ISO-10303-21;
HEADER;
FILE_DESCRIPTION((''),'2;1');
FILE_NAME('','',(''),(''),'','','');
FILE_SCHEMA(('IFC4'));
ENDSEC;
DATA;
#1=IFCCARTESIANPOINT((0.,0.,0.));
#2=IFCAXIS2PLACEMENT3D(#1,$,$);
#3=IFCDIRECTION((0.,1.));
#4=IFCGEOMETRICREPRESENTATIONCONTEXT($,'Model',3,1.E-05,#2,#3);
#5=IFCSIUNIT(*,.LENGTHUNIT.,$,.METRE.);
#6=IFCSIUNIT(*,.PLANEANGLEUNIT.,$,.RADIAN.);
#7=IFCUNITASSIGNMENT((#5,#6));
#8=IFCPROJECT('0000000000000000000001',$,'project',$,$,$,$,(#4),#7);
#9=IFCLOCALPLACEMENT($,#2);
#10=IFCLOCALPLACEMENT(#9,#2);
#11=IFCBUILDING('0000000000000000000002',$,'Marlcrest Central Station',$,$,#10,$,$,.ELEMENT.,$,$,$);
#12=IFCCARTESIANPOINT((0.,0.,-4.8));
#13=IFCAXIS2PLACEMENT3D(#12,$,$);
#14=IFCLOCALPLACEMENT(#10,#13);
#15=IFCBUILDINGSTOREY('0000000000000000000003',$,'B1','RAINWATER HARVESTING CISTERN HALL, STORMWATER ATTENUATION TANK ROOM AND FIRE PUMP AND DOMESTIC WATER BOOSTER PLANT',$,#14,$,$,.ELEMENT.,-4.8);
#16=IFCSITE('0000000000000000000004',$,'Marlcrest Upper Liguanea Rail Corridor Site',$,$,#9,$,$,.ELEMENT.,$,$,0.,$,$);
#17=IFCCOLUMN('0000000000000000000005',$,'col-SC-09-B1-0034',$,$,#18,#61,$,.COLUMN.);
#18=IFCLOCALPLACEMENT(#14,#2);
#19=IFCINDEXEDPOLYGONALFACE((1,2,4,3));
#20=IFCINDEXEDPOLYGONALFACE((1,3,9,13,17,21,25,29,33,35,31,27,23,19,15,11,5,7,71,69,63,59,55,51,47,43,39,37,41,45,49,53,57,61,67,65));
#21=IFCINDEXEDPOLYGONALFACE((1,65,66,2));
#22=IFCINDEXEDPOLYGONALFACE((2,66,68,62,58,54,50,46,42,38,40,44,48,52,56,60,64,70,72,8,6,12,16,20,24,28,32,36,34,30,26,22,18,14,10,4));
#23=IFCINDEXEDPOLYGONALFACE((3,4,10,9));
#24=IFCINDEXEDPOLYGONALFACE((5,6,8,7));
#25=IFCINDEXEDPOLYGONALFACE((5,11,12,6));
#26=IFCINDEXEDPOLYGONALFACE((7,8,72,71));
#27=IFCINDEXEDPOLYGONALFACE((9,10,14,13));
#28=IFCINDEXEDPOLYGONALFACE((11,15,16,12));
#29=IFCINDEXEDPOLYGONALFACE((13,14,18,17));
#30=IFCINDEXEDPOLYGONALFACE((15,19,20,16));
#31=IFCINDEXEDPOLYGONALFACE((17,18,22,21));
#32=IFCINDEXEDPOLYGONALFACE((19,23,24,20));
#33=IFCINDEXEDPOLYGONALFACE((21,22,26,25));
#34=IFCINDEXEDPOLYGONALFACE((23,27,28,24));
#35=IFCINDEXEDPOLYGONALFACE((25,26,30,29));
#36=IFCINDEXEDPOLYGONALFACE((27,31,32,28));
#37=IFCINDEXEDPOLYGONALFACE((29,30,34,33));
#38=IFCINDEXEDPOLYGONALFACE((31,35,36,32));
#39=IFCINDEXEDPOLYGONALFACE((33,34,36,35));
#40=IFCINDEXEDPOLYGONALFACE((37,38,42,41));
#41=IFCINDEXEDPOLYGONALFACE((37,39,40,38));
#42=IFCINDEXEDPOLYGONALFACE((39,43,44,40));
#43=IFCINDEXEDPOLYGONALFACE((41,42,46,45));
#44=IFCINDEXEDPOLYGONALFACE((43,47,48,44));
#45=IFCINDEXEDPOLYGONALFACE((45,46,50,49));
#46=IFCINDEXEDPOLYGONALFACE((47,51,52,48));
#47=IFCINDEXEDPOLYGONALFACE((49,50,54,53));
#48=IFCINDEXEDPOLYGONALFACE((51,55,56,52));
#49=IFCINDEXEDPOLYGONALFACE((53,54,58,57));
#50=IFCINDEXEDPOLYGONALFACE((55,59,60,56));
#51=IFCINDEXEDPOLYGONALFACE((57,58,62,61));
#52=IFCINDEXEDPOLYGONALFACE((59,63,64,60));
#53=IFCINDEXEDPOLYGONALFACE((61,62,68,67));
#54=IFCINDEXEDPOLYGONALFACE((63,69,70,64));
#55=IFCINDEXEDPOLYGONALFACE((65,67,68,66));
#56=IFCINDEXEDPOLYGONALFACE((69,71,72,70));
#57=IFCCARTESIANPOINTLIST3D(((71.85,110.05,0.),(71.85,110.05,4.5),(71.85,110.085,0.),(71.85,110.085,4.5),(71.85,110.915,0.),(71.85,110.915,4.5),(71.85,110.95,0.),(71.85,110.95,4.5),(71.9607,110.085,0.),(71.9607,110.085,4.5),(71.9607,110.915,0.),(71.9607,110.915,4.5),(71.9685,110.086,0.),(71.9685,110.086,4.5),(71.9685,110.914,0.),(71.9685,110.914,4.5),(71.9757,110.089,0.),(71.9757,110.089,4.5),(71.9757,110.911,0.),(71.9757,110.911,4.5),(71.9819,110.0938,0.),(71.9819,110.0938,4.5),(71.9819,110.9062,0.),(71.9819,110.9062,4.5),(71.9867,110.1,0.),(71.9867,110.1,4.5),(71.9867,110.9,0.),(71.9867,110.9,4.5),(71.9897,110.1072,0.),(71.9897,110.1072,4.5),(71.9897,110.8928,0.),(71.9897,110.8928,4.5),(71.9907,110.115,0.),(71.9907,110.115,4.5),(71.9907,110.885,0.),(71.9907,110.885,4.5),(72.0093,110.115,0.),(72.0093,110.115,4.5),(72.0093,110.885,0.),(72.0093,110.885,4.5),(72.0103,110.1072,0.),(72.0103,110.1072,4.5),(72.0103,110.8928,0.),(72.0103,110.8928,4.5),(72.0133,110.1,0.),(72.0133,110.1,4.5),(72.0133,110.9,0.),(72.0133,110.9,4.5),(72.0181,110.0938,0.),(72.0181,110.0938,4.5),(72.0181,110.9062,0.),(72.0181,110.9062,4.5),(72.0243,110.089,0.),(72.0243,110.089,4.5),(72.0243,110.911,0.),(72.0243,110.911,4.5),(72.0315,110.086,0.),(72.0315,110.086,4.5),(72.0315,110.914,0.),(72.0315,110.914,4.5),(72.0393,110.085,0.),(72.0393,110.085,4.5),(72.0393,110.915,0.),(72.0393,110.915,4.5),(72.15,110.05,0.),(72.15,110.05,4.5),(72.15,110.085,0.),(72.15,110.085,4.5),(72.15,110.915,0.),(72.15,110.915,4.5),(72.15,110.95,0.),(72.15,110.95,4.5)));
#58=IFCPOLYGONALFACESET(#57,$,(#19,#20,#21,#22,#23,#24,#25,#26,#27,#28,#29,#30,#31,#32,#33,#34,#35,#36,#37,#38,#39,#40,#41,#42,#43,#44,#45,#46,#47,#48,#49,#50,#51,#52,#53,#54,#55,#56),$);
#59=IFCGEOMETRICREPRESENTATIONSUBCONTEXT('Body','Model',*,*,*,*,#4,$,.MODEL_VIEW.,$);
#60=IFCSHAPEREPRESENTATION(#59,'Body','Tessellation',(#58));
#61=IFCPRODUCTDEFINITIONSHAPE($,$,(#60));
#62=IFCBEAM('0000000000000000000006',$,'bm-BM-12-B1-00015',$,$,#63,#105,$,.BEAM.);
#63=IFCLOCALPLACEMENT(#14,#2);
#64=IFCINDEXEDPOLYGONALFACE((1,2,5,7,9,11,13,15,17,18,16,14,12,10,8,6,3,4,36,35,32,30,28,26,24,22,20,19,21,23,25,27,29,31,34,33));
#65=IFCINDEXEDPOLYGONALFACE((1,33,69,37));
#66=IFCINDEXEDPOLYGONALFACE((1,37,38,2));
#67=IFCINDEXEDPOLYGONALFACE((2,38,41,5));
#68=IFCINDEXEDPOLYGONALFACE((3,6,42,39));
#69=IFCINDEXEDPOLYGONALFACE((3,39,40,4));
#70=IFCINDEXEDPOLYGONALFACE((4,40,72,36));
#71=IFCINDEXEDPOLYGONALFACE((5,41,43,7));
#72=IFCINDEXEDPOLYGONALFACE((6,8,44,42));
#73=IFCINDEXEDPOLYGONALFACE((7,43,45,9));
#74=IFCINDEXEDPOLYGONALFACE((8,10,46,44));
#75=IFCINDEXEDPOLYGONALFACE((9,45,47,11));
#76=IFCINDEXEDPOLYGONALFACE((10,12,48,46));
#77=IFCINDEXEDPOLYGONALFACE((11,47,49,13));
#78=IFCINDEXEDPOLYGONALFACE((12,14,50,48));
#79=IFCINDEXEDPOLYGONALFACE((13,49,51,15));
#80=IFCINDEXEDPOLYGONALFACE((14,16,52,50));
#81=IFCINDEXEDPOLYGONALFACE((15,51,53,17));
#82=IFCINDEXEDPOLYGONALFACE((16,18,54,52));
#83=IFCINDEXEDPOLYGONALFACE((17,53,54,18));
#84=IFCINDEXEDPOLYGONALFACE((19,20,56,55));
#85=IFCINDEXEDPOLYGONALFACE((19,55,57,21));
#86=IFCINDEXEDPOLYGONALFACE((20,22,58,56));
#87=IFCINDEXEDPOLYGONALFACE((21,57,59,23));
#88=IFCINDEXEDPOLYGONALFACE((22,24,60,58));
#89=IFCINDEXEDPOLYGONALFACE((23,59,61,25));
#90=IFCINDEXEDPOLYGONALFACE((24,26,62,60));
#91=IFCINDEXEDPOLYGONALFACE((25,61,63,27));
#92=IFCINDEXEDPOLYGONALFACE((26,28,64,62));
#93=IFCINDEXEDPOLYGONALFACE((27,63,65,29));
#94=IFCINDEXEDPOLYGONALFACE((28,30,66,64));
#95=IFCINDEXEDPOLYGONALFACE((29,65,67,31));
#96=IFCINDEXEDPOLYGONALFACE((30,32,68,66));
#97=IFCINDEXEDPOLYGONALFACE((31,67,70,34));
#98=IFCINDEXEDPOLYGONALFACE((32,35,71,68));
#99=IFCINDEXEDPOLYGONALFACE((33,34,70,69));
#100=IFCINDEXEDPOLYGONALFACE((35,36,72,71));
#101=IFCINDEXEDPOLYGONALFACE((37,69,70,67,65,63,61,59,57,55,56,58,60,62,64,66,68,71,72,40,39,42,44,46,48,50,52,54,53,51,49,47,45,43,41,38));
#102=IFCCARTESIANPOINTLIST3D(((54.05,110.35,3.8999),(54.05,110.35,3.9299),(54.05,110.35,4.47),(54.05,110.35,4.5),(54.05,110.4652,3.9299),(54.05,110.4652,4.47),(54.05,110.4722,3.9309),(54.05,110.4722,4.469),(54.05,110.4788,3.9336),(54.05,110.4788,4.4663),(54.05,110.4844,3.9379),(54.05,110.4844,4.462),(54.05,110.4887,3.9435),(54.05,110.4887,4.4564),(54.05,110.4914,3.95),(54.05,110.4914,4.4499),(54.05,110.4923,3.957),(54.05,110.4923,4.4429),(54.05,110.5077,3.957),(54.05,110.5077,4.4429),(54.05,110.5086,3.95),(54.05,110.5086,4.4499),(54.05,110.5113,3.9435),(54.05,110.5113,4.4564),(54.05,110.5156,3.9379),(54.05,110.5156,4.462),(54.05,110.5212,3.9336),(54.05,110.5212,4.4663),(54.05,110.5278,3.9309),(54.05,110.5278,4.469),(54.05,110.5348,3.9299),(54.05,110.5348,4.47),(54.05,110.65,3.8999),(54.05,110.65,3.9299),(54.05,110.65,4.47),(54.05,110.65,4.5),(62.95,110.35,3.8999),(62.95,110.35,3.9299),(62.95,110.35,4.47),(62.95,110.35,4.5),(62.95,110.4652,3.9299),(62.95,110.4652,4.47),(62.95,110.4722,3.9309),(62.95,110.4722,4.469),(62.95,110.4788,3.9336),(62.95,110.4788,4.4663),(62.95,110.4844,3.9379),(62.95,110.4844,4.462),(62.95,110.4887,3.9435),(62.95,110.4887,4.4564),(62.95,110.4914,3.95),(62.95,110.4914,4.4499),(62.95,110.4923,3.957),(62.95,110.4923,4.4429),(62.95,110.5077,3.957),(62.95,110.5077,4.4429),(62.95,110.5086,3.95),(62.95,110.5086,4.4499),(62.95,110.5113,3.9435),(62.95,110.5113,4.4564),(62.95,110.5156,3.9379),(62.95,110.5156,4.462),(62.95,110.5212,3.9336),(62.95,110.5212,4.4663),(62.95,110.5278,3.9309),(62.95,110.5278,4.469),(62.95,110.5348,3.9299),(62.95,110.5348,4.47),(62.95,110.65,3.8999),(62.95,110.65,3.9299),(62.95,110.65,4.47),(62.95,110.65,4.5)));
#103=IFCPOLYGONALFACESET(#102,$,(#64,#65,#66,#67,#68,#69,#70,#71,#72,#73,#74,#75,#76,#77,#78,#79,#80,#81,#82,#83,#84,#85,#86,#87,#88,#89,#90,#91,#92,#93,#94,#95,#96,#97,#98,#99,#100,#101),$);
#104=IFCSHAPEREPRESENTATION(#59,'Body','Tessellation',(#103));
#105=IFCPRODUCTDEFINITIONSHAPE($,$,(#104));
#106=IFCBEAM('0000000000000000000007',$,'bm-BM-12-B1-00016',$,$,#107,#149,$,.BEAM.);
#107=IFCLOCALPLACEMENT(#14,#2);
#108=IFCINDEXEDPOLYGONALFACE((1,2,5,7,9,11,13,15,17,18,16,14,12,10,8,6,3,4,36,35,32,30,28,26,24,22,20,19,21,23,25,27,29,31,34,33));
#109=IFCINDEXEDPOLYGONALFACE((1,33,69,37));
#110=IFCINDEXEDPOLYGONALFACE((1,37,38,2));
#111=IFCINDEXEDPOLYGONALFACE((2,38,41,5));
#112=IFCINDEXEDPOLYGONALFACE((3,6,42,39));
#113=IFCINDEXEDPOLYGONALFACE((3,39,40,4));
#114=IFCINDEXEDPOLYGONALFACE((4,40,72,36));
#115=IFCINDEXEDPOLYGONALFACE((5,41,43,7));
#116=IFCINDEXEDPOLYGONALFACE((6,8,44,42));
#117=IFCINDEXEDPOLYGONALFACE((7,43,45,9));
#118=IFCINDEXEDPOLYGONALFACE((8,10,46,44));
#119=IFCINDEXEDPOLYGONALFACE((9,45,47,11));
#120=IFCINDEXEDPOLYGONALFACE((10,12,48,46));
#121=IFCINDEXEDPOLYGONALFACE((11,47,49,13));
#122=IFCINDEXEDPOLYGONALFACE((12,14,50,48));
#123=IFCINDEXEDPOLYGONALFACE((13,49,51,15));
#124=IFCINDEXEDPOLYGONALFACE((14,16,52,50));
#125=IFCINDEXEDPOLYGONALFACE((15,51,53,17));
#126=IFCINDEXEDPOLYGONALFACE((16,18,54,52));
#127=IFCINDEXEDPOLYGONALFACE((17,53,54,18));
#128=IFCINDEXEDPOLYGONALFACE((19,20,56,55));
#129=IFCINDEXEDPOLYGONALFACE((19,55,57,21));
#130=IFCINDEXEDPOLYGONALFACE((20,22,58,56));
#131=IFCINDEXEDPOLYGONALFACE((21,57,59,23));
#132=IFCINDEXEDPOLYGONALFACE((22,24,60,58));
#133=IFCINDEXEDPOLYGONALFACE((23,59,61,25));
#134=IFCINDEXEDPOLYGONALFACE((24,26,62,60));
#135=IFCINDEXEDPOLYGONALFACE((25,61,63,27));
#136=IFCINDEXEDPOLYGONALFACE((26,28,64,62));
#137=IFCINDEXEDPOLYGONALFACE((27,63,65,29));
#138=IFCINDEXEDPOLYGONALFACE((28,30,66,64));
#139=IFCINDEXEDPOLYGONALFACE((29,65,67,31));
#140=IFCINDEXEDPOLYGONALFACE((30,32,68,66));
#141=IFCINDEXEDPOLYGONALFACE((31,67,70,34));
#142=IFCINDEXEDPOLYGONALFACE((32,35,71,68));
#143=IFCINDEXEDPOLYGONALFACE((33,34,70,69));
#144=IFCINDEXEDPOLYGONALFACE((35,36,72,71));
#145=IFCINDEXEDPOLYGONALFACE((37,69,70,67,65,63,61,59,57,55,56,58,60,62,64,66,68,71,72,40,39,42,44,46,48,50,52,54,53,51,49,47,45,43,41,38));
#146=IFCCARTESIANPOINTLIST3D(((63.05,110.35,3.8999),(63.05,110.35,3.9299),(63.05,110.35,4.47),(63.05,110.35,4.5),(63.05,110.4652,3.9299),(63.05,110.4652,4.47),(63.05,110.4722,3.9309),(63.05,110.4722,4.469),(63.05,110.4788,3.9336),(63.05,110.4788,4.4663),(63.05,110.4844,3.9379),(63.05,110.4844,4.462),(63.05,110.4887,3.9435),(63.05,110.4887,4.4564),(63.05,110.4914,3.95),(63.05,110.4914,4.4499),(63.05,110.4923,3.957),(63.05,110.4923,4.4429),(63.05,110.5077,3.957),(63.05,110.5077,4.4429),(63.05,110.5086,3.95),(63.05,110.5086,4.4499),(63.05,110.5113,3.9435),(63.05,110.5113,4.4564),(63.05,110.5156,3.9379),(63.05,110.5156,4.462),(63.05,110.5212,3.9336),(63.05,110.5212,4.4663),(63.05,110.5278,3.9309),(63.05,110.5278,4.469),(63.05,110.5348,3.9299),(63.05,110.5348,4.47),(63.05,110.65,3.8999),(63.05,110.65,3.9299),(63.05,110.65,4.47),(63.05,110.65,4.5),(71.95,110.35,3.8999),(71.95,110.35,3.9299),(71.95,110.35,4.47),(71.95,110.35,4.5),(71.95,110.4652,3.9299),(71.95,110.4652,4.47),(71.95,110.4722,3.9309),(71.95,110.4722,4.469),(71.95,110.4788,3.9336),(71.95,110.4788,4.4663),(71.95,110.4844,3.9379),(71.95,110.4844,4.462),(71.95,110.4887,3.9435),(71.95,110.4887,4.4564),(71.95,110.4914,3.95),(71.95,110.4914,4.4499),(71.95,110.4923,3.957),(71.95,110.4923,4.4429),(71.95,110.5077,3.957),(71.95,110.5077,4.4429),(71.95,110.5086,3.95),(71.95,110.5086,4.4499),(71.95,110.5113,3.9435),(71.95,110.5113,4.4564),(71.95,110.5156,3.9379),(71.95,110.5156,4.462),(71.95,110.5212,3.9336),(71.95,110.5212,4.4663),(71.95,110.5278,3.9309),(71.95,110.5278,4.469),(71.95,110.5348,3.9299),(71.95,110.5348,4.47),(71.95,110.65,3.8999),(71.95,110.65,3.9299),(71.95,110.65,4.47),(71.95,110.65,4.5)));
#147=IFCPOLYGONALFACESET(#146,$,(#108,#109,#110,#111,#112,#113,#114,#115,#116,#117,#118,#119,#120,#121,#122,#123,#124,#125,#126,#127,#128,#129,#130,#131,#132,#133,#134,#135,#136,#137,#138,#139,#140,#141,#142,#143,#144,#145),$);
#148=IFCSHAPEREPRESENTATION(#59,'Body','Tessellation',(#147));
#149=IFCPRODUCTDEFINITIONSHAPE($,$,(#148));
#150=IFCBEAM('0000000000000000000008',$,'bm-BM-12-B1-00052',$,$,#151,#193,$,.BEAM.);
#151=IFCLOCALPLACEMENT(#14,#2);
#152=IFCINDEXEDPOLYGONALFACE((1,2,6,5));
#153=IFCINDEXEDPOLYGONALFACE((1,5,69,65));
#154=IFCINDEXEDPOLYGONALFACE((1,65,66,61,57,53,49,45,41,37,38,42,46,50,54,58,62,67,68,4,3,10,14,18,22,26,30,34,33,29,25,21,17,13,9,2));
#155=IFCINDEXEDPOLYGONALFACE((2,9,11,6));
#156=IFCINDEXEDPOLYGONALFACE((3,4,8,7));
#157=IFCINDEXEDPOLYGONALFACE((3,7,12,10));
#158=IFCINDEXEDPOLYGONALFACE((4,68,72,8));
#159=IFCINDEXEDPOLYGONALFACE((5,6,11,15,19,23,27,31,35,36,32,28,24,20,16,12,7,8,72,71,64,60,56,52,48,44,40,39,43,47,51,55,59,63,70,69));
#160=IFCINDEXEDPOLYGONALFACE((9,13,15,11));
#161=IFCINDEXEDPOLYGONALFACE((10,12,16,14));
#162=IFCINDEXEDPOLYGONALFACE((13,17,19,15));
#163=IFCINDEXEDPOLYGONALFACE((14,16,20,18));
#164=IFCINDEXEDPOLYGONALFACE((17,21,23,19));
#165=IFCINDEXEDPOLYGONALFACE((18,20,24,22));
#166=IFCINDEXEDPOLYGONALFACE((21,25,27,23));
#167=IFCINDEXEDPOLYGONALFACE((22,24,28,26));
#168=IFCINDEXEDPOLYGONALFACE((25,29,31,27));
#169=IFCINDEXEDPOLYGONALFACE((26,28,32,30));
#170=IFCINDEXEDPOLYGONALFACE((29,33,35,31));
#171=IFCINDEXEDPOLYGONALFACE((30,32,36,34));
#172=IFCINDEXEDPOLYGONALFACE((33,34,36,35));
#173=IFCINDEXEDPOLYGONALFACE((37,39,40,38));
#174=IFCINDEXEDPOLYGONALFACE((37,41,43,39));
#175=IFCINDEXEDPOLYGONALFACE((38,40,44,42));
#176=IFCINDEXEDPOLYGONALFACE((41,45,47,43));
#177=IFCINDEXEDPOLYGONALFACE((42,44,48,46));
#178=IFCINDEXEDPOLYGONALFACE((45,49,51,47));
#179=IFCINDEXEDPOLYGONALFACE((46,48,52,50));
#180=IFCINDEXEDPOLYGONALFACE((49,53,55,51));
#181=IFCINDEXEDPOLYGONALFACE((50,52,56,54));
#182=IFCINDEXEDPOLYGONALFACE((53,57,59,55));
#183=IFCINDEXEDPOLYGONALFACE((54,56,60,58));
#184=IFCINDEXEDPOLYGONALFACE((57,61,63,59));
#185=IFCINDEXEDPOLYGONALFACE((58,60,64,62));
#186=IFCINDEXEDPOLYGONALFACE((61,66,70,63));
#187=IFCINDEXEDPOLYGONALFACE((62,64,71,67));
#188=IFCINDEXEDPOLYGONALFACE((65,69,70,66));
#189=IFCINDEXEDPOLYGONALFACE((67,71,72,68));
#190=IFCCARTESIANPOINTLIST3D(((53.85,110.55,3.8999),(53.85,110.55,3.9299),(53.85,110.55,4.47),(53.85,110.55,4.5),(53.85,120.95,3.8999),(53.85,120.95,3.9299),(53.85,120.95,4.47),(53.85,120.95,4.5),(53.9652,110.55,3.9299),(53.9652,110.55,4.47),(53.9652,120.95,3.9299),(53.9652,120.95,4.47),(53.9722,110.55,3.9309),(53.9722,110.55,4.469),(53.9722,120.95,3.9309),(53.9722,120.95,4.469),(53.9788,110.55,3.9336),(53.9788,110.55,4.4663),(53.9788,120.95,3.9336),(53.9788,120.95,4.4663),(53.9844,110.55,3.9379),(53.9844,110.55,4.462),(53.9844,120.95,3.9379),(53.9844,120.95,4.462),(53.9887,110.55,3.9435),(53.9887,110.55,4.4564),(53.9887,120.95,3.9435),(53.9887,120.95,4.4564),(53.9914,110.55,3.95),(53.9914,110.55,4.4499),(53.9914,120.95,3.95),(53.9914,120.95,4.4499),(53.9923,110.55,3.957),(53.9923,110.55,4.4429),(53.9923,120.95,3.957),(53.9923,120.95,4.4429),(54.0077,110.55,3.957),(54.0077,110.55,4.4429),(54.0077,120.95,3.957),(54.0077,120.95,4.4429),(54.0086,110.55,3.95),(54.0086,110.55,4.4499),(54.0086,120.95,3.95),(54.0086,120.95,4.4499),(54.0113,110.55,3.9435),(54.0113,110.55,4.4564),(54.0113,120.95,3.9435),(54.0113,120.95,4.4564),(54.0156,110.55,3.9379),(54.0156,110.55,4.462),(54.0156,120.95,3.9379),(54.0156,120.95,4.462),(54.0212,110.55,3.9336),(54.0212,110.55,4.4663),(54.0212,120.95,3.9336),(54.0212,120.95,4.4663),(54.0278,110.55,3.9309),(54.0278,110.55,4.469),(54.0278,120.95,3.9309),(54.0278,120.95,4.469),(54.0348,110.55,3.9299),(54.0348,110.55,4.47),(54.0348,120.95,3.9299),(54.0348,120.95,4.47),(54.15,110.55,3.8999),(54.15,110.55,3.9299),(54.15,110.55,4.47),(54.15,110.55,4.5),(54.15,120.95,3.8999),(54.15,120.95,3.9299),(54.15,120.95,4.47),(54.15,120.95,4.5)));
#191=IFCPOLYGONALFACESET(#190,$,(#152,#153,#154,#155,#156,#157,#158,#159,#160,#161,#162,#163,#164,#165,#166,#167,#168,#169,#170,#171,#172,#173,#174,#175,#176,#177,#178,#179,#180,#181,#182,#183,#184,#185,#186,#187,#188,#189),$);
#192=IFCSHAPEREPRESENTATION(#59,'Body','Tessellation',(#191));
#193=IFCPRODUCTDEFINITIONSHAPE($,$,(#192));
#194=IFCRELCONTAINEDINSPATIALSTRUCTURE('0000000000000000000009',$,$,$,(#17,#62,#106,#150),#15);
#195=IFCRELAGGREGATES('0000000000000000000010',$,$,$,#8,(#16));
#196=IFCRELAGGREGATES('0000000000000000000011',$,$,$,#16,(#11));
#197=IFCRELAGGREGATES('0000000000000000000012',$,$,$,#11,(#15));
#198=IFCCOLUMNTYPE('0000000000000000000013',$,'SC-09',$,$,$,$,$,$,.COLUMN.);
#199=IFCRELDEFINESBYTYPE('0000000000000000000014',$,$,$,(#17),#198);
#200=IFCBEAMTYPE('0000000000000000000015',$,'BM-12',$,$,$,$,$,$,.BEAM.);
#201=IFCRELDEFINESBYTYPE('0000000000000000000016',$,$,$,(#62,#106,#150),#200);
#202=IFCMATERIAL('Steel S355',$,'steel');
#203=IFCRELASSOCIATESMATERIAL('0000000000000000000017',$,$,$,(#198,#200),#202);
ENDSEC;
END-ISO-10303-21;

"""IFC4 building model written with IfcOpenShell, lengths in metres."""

from ifc_helpers import new_model, si_unit, direction, frame, origin, origin_2d, place, context, subcontext, project, spatial, i_section, extrude, material, material_profile, profile_set, type_object, element, save


model = new_model("IFC4")

# Units and contexts
model_context = context("Model", 3, precision=1e-05, world=origin(), true_north=direction((0.0, 1.0)))
body_context = subcontext(model_context, "Body", "Model", "MODEL_VIEW")
ifc_project = project(units=[si_unit("LENGTHUNIT", "METRE"), si_unit("PLANEANGLEUNIT", "RADIAN")], contexts=[model_context])

# Site, building, storey
site_placement = place(None, origin())
site = spatial("IfcSite", under=ifc_project, at=site_placement, Name="Marlcrest Upper Liguanea Rail Corridor Site", CompositionType="ELEMENT", RefElevation=0.0)
building_placement = place(site_placement, origin())
building = spatial("IfcBuilding", under=site, at=building_placement, Name="Marlcrest Central Station", CompositionType="ELEMENT")
storey_placement = place(building_placement, frame((0.0, 0.0, -4.8)))
storey = spatial("IfcBuildingStorey", under=building, at=storey_placement, Name="B1", Description="RAINWATER HARVESTING CISTERN HALL, STORMWATER ATTENUATION TANK ROOM AND FIRE PUMP AND DOMESTIC WATER BOOSTER PLANT", CompositionType="ELEMENT", Elevation=-4.8)

# Column
ifc_material_1 = material(Name="Steel S355", Category="steel")
ifc_material_profile_1 = material_profile(ifc_material_1, i_section(OverallWidth=0.3, OverallDepth=0.8999, WebThickness=0.0186, FlangeThickness=0.0349, FilletRadius=0.03, at=origin_2d()), Name="HEB 900")
ifc_profile_set_1 = profile_set([ifc_material_profile_1], Name="Steel S355")
column_type = type_object("IfcColumnType", Name="SC-09", PredefinedType="COLUMN", material=ifc_profile_set_1)
for number, where, z_axis, x_axis, name in (
    (1, (72.0, 110.5, 0.0), (0.0, 0.0, 1.0), (1.0, 0.0, 0.0), "col-SC-09-B1-0034"),
):
    element("IfcColumn", number, at=place(storey_placement, frame(where, z_axis=z_axis, x_axis=x_axis)), inside=storey, type_object=column_type, Name=name, PredefinedType="COLUMN", context=body_context, shape_type="SweptSolid", body=[
        extrude(i_section(OverallWidth=0.3, OverallDepth=0.8999, WebThickness=0.0186, FlangeThickness=0.0349, FilletRadius=0.03, at=origin_2d()), origin(), (0.0, 0.0, 1.0), 4.5),
    ])

# Beams
ifc_material_profile_2 = material_profile(ifc_material_1, i_section(OverallWidth=0.3, OverallDepth=0.6001, WebThickness=0.0154, FlangeThickness=0.03, FilletRadius=0.0271, at=origin_2d()), Name="HEB 600")
ifc_profile_set_2 = profile_set([ifc_material_profile_2], Name="Steel S355")
beam_type_1 = type_object("IfcBeamType", Name="BM-12", PredefinedType="BEAM", material=ifc_profile_set_2)
for number, where, z_axis, x_axis, name in (
    (2, (54.05, 110.5, 4.2), (1.0, 0.0, 0.0), (0.0, 1.0, 0.0), "bm-BM-12-B1-00015"),
    (3, (63.05, 110.5, 4.2), (1.0, 0.0, 0.0), (0.0, 1.0, 0.0), "bm-BM-12-B1-00016"),
):
    element("IfcBeam", number, at=place(storey_placement, frame(where, z_axis=z_axis, x_axis=x_axis)), inside=storey, type_object=beam_type_1, Name=name, PredefinedType="BEAM", context=body_context, shape_type="SweptSolid", body=[
        extrude(i_section(OverallWidth=0.3, OverallDepth=0.6001, WebThickness=0.0154, FlangeThickness=0.03, FilletRadius=0.0271, at=origin_2d()), origin(), (0.0, 0.0, 1.0), 8.8999),
    ])
for number, where, z_axis, x_axis, name in (
    (4, (54.0, 110.55, 4.2), (0.0, 1.0, 0.0), (-1.0, 0.0, 0.0), "bm-BM-12-B1-00052"),
):
    element("IfcBeam", number, at=place(storey_placement, frame(where, z_axis=z_axis, x_axis=x_axis)), inside=storey, type_object=beam_type_1, Name=name, PredefinedType="BEAM", context=body_context, shape_type="SweptSolid", body=[
        extrude(i_section(OverallWidth=0.3, OverallDepth=0.6001, WebThickness=0.0154, FlangeThickness=0.03, FilletRadius=0.0271, at=origin_2d()), origin(), (0.0, 0.0, 1.0), 10.3999),
    ])

save(model, "model.ifc")
